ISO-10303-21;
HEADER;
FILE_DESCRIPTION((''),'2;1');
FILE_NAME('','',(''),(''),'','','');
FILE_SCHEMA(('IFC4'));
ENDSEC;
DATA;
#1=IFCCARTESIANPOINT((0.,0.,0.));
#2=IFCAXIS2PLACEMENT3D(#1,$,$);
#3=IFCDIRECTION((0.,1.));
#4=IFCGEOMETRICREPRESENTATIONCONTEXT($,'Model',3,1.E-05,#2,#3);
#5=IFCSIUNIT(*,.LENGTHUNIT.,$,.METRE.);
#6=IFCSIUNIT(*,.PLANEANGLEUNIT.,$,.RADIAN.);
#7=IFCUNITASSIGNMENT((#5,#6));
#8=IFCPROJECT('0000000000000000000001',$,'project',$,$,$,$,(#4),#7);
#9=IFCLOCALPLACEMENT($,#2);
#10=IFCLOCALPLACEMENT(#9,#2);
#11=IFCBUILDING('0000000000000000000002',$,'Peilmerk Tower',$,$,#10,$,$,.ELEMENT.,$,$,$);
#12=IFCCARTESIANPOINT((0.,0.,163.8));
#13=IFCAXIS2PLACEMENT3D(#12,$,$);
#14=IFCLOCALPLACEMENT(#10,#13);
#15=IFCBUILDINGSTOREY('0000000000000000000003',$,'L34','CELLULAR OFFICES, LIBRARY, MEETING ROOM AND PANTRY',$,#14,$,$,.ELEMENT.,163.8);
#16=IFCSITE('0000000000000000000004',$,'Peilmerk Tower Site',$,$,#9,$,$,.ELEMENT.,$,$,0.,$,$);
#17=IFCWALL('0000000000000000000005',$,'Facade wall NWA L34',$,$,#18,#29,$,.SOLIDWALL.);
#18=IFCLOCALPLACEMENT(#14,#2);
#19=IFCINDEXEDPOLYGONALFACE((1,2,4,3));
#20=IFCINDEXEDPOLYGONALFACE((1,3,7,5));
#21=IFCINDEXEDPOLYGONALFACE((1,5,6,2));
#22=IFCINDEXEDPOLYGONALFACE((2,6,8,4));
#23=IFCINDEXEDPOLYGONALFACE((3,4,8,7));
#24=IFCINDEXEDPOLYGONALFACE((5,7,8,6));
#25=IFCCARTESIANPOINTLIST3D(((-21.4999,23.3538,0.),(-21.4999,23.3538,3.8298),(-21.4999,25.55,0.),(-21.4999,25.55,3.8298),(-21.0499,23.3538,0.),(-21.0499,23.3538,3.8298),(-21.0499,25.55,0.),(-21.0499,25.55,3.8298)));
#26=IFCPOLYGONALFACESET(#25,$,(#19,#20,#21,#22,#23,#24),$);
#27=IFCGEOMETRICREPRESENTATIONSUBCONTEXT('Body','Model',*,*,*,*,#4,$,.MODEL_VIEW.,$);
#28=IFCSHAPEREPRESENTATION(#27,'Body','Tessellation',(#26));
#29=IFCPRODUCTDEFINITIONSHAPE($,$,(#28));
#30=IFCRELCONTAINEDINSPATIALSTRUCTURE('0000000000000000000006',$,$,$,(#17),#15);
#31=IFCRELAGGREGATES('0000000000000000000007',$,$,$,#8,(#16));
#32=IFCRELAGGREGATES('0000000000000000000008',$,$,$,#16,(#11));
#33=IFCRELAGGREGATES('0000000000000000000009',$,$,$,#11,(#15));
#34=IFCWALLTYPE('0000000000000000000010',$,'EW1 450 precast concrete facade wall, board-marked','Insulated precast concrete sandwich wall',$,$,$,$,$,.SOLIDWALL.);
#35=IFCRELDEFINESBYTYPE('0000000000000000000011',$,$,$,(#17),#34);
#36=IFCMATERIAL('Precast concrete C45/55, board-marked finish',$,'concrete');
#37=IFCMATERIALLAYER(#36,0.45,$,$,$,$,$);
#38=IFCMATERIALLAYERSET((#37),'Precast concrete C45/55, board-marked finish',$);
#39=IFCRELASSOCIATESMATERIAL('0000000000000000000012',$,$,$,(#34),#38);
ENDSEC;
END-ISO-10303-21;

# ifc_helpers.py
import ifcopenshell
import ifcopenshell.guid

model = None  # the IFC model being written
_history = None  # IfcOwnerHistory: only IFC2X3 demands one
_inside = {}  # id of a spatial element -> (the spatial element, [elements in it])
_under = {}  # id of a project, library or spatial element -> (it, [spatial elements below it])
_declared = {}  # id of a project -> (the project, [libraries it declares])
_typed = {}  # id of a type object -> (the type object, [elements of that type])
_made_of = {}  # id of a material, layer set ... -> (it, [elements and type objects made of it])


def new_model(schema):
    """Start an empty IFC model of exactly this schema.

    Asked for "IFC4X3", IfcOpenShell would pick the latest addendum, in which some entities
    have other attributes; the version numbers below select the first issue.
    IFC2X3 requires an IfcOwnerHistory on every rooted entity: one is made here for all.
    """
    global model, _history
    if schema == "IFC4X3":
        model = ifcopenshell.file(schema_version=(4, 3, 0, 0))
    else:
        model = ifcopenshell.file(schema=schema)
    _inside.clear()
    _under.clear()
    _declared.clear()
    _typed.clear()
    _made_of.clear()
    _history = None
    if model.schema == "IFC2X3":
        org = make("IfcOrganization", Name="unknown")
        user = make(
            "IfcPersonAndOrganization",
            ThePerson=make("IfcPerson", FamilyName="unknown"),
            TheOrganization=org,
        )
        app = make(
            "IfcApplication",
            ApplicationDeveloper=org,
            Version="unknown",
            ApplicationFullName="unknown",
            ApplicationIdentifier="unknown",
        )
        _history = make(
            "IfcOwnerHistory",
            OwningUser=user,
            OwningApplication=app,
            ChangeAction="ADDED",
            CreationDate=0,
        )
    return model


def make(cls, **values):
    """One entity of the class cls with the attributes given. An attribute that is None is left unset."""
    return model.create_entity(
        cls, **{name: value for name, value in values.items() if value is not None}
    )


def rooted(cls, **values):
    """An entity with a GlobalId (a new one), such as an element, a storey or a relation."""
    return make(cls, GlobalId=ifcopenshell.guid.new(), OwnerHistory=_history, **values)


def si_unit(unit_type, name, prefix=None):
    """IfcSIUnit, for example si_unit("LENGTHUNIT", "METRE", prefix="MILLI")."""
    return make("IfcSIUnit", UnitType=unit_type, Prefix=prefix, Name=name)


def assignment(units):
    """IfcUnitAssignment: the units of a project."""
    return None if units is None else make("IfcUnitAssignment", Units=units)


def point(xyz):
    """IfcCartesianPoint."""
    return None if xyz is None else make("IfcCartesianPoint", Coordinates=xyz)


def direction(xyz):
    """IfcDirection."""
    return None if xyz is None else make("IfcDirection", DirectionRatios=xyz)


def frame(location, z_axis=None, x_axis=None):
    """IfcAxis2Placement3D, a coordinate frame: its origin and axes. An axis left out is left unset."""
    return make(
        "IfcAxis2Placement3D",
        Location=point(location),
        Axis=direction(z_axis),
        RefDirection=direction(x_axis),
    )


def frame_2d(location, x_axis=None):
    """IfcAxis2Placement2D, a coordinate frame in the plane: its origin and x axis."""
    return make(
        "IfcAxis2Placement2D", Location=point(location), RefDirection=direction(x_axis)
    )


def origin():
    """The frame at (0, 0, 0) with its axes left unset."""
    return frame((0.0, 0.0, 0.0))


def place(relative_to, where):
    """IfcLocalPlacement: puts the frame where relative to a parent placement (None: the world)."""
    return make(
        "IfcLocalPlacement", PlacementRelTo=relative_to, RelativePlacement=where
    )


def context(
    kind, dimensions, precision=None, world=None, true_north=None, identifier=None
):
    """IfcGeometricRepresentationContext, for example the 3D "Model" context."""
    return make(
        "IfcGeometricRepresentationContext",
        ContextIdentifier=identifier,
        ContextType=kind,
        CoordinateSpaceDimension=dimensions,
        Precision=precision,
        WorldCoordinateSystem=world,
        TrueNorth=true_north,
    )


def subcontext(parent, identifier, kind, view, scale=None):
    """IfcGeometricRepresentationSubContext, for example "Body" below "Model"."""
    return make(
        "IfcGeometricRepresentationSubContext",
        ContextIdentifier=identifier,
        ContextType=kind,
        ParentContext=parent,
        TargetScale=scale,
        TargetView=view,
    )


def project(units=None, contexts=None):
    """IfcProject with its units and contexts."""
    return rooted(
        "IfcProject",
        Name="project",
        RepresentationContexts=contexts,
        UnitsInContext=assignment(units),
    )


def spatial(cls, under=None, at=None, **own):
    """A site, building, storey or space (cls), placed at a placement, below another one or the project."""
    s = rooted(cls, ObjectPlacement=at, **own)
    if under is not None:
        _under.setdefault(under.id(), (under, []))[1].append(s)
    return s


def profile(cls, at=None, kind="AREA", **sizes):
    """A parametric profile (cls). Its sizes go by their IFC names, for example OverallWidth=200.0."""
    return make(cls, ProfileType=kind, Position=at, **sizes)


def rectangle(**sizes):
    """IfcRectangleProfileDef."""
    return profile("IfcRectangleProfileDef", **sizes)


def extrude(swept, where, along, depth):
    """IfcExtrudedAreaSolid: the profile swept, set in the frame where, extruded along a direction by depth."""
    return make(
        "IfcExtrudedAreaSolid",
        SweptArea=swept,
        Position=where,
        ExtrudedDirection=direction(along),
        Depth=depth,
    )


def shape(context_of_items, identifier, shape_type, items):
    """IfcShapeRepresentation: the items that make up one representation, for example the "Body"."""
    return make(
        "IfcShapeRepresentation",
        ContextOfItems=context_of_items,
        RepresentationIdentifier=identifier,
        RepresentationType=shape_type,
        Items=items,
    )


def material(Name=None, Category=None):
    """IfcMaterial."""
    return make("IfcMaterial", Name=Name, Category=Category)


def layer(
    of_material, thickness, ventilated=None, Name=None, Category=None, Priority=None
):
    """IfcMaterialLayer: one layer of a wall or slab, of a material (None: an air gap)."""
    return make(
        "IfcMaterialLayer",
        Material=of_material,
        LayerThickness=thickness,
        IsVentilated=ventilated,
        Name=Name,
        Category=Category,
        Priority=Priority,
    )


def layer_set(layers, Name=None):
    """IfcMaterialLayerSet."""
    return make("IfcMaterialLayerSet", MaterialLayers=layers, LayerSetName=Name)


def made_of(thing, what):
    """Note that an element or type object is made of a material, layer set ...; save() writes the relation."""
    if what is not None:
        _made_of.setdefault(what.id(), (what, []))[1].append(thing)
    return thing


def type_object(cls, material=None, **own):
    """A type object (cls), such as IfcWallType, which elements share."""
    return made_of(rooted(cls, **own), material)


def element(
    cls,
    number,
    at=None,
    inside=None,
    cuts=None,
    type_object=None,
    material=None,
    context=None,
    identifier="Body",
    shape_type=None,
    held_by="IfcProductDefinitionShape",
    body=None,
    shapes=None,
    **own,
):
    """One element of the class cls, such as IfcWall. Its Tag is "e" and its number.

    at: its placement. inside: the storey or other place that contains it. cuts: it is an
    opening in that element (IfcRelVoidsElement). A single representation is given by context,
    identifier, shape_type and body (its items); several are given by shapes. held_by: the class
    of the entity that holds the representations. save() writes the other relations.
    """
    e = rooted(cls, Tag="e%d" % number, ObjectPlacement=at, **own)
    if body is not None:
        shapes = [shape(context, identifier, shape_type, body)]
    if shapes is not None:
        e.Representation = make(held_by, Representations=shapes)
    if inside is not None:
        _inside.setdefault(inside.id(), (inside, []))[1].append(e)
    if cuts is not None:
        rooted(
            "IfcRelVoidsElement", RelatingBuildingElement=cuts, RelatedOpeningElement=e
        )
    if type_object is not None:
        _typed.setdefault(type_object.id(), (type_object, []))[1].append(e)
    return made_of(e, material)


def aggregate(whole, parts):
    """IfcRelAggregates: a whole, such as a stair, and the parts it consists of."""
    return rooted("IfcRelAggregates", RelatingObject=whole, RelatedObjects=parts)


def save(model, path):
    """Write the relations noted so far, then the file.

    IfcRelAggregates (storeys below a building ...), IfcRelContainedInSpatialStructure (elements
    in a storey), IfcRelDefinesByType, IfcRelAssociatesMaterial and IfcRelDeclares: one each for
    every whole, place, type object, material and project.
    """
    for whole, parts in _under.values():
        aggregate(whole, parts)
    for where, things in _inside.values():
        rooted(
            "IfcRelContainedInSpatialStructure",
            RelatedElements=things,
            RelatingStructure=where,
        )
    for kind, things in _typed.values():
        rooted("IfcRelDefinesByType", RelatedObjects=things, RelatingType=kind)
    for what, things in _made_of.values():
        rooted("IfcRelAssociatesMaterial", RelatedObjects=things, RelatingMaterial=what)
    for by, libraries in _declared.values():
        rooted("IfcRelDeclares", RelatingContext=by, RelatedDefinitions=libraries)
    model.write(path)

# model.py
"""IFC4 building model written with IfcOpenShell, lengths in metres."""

from ifc_helpers import new_model, si_unit, direction, frame, frame_2d, origin, place, context, subcontext, project, spatial, rectangle, extrude, material, layer, layer_set, type_object, element, save


model = new_model("IFC4")

# Units and contexts
model_context = context("Model", 3, precision=1e-05, world=origin(), true_north=direction((0.0, 1.0)))
body_context = subcontext(model_context, "Body", "Model", "MODEL_VIEW")
ifc_project = project(units=[si_unit("LENGTHUNIT", "METRE"), si_unit("PLANEANGLEUNIT", "RADIAN")], contexts=[model_context])

# Site, building, storey
site_placement = place(None, origin())
site = spatial("IfcSite", under=ifc_project, at=site_placement, Name="Peilmerk Tower Site", CompositionType="ELEMENT", RefElevation=0.0)
building_placement = place(site_placement, origin())
building = spatial("IfcBuilding", under=site, at=building_placement, Name="Peilmerk Tower", CompositionType="ELEMENT")
storey_placement = place(building_placement, frame((0.0, 0.0, 163.8)))
storey = spatial("IfcBuildingStorey", under=building, at=storey_placement, Name="L34", Description="CELLULAR OFFICES, LIBRARY, MEETING ROOM AND PANTRY", CompositionType="ELEMENT", Elevation=163.8)

# Shared definitions
ifc_material_1 = material(Name="Precast concrete C45/55, board-marked finish", Category="concrete")
ifc_layer_1 = layer(ifc_material_1, 0.45)
ifc_layer_set_1 = layer_set([ifc_layer_1], Name="Precast concrete C45/55, board-marked finish")
wall_type = type_object("IfcWallType", Name="EW1 450 precast concrete facade wall, board-marked", Description="Insulated precast concrete sandwich wall", PredefinedType="SOLIDWALL", material=ifc_layer_set_1)

# Wall
wall_1_placement = place(storey_placement, frame((-21.2749, 23.3538, 0.0), z_axis=(0.0, 0.0, 1.0), x_axis=(0.0, 1.0, 0.0)))
element("IfcWall", 1, at=wall_1_placement, inside=storey, type_object=wall_type, Name="Facade wall NWA L34", PredefinedType="SOLIDWALL", context=body_context, shape_type="SweptSolid", body=[
    extrude(rectangle(XDim=2.1963, YDim=0.45, at=frame_2d((1.0981, 0.0))), origin(), (0.0, 0.0, 1.0), 3.8298),
])

save(model, "model.ifc")
